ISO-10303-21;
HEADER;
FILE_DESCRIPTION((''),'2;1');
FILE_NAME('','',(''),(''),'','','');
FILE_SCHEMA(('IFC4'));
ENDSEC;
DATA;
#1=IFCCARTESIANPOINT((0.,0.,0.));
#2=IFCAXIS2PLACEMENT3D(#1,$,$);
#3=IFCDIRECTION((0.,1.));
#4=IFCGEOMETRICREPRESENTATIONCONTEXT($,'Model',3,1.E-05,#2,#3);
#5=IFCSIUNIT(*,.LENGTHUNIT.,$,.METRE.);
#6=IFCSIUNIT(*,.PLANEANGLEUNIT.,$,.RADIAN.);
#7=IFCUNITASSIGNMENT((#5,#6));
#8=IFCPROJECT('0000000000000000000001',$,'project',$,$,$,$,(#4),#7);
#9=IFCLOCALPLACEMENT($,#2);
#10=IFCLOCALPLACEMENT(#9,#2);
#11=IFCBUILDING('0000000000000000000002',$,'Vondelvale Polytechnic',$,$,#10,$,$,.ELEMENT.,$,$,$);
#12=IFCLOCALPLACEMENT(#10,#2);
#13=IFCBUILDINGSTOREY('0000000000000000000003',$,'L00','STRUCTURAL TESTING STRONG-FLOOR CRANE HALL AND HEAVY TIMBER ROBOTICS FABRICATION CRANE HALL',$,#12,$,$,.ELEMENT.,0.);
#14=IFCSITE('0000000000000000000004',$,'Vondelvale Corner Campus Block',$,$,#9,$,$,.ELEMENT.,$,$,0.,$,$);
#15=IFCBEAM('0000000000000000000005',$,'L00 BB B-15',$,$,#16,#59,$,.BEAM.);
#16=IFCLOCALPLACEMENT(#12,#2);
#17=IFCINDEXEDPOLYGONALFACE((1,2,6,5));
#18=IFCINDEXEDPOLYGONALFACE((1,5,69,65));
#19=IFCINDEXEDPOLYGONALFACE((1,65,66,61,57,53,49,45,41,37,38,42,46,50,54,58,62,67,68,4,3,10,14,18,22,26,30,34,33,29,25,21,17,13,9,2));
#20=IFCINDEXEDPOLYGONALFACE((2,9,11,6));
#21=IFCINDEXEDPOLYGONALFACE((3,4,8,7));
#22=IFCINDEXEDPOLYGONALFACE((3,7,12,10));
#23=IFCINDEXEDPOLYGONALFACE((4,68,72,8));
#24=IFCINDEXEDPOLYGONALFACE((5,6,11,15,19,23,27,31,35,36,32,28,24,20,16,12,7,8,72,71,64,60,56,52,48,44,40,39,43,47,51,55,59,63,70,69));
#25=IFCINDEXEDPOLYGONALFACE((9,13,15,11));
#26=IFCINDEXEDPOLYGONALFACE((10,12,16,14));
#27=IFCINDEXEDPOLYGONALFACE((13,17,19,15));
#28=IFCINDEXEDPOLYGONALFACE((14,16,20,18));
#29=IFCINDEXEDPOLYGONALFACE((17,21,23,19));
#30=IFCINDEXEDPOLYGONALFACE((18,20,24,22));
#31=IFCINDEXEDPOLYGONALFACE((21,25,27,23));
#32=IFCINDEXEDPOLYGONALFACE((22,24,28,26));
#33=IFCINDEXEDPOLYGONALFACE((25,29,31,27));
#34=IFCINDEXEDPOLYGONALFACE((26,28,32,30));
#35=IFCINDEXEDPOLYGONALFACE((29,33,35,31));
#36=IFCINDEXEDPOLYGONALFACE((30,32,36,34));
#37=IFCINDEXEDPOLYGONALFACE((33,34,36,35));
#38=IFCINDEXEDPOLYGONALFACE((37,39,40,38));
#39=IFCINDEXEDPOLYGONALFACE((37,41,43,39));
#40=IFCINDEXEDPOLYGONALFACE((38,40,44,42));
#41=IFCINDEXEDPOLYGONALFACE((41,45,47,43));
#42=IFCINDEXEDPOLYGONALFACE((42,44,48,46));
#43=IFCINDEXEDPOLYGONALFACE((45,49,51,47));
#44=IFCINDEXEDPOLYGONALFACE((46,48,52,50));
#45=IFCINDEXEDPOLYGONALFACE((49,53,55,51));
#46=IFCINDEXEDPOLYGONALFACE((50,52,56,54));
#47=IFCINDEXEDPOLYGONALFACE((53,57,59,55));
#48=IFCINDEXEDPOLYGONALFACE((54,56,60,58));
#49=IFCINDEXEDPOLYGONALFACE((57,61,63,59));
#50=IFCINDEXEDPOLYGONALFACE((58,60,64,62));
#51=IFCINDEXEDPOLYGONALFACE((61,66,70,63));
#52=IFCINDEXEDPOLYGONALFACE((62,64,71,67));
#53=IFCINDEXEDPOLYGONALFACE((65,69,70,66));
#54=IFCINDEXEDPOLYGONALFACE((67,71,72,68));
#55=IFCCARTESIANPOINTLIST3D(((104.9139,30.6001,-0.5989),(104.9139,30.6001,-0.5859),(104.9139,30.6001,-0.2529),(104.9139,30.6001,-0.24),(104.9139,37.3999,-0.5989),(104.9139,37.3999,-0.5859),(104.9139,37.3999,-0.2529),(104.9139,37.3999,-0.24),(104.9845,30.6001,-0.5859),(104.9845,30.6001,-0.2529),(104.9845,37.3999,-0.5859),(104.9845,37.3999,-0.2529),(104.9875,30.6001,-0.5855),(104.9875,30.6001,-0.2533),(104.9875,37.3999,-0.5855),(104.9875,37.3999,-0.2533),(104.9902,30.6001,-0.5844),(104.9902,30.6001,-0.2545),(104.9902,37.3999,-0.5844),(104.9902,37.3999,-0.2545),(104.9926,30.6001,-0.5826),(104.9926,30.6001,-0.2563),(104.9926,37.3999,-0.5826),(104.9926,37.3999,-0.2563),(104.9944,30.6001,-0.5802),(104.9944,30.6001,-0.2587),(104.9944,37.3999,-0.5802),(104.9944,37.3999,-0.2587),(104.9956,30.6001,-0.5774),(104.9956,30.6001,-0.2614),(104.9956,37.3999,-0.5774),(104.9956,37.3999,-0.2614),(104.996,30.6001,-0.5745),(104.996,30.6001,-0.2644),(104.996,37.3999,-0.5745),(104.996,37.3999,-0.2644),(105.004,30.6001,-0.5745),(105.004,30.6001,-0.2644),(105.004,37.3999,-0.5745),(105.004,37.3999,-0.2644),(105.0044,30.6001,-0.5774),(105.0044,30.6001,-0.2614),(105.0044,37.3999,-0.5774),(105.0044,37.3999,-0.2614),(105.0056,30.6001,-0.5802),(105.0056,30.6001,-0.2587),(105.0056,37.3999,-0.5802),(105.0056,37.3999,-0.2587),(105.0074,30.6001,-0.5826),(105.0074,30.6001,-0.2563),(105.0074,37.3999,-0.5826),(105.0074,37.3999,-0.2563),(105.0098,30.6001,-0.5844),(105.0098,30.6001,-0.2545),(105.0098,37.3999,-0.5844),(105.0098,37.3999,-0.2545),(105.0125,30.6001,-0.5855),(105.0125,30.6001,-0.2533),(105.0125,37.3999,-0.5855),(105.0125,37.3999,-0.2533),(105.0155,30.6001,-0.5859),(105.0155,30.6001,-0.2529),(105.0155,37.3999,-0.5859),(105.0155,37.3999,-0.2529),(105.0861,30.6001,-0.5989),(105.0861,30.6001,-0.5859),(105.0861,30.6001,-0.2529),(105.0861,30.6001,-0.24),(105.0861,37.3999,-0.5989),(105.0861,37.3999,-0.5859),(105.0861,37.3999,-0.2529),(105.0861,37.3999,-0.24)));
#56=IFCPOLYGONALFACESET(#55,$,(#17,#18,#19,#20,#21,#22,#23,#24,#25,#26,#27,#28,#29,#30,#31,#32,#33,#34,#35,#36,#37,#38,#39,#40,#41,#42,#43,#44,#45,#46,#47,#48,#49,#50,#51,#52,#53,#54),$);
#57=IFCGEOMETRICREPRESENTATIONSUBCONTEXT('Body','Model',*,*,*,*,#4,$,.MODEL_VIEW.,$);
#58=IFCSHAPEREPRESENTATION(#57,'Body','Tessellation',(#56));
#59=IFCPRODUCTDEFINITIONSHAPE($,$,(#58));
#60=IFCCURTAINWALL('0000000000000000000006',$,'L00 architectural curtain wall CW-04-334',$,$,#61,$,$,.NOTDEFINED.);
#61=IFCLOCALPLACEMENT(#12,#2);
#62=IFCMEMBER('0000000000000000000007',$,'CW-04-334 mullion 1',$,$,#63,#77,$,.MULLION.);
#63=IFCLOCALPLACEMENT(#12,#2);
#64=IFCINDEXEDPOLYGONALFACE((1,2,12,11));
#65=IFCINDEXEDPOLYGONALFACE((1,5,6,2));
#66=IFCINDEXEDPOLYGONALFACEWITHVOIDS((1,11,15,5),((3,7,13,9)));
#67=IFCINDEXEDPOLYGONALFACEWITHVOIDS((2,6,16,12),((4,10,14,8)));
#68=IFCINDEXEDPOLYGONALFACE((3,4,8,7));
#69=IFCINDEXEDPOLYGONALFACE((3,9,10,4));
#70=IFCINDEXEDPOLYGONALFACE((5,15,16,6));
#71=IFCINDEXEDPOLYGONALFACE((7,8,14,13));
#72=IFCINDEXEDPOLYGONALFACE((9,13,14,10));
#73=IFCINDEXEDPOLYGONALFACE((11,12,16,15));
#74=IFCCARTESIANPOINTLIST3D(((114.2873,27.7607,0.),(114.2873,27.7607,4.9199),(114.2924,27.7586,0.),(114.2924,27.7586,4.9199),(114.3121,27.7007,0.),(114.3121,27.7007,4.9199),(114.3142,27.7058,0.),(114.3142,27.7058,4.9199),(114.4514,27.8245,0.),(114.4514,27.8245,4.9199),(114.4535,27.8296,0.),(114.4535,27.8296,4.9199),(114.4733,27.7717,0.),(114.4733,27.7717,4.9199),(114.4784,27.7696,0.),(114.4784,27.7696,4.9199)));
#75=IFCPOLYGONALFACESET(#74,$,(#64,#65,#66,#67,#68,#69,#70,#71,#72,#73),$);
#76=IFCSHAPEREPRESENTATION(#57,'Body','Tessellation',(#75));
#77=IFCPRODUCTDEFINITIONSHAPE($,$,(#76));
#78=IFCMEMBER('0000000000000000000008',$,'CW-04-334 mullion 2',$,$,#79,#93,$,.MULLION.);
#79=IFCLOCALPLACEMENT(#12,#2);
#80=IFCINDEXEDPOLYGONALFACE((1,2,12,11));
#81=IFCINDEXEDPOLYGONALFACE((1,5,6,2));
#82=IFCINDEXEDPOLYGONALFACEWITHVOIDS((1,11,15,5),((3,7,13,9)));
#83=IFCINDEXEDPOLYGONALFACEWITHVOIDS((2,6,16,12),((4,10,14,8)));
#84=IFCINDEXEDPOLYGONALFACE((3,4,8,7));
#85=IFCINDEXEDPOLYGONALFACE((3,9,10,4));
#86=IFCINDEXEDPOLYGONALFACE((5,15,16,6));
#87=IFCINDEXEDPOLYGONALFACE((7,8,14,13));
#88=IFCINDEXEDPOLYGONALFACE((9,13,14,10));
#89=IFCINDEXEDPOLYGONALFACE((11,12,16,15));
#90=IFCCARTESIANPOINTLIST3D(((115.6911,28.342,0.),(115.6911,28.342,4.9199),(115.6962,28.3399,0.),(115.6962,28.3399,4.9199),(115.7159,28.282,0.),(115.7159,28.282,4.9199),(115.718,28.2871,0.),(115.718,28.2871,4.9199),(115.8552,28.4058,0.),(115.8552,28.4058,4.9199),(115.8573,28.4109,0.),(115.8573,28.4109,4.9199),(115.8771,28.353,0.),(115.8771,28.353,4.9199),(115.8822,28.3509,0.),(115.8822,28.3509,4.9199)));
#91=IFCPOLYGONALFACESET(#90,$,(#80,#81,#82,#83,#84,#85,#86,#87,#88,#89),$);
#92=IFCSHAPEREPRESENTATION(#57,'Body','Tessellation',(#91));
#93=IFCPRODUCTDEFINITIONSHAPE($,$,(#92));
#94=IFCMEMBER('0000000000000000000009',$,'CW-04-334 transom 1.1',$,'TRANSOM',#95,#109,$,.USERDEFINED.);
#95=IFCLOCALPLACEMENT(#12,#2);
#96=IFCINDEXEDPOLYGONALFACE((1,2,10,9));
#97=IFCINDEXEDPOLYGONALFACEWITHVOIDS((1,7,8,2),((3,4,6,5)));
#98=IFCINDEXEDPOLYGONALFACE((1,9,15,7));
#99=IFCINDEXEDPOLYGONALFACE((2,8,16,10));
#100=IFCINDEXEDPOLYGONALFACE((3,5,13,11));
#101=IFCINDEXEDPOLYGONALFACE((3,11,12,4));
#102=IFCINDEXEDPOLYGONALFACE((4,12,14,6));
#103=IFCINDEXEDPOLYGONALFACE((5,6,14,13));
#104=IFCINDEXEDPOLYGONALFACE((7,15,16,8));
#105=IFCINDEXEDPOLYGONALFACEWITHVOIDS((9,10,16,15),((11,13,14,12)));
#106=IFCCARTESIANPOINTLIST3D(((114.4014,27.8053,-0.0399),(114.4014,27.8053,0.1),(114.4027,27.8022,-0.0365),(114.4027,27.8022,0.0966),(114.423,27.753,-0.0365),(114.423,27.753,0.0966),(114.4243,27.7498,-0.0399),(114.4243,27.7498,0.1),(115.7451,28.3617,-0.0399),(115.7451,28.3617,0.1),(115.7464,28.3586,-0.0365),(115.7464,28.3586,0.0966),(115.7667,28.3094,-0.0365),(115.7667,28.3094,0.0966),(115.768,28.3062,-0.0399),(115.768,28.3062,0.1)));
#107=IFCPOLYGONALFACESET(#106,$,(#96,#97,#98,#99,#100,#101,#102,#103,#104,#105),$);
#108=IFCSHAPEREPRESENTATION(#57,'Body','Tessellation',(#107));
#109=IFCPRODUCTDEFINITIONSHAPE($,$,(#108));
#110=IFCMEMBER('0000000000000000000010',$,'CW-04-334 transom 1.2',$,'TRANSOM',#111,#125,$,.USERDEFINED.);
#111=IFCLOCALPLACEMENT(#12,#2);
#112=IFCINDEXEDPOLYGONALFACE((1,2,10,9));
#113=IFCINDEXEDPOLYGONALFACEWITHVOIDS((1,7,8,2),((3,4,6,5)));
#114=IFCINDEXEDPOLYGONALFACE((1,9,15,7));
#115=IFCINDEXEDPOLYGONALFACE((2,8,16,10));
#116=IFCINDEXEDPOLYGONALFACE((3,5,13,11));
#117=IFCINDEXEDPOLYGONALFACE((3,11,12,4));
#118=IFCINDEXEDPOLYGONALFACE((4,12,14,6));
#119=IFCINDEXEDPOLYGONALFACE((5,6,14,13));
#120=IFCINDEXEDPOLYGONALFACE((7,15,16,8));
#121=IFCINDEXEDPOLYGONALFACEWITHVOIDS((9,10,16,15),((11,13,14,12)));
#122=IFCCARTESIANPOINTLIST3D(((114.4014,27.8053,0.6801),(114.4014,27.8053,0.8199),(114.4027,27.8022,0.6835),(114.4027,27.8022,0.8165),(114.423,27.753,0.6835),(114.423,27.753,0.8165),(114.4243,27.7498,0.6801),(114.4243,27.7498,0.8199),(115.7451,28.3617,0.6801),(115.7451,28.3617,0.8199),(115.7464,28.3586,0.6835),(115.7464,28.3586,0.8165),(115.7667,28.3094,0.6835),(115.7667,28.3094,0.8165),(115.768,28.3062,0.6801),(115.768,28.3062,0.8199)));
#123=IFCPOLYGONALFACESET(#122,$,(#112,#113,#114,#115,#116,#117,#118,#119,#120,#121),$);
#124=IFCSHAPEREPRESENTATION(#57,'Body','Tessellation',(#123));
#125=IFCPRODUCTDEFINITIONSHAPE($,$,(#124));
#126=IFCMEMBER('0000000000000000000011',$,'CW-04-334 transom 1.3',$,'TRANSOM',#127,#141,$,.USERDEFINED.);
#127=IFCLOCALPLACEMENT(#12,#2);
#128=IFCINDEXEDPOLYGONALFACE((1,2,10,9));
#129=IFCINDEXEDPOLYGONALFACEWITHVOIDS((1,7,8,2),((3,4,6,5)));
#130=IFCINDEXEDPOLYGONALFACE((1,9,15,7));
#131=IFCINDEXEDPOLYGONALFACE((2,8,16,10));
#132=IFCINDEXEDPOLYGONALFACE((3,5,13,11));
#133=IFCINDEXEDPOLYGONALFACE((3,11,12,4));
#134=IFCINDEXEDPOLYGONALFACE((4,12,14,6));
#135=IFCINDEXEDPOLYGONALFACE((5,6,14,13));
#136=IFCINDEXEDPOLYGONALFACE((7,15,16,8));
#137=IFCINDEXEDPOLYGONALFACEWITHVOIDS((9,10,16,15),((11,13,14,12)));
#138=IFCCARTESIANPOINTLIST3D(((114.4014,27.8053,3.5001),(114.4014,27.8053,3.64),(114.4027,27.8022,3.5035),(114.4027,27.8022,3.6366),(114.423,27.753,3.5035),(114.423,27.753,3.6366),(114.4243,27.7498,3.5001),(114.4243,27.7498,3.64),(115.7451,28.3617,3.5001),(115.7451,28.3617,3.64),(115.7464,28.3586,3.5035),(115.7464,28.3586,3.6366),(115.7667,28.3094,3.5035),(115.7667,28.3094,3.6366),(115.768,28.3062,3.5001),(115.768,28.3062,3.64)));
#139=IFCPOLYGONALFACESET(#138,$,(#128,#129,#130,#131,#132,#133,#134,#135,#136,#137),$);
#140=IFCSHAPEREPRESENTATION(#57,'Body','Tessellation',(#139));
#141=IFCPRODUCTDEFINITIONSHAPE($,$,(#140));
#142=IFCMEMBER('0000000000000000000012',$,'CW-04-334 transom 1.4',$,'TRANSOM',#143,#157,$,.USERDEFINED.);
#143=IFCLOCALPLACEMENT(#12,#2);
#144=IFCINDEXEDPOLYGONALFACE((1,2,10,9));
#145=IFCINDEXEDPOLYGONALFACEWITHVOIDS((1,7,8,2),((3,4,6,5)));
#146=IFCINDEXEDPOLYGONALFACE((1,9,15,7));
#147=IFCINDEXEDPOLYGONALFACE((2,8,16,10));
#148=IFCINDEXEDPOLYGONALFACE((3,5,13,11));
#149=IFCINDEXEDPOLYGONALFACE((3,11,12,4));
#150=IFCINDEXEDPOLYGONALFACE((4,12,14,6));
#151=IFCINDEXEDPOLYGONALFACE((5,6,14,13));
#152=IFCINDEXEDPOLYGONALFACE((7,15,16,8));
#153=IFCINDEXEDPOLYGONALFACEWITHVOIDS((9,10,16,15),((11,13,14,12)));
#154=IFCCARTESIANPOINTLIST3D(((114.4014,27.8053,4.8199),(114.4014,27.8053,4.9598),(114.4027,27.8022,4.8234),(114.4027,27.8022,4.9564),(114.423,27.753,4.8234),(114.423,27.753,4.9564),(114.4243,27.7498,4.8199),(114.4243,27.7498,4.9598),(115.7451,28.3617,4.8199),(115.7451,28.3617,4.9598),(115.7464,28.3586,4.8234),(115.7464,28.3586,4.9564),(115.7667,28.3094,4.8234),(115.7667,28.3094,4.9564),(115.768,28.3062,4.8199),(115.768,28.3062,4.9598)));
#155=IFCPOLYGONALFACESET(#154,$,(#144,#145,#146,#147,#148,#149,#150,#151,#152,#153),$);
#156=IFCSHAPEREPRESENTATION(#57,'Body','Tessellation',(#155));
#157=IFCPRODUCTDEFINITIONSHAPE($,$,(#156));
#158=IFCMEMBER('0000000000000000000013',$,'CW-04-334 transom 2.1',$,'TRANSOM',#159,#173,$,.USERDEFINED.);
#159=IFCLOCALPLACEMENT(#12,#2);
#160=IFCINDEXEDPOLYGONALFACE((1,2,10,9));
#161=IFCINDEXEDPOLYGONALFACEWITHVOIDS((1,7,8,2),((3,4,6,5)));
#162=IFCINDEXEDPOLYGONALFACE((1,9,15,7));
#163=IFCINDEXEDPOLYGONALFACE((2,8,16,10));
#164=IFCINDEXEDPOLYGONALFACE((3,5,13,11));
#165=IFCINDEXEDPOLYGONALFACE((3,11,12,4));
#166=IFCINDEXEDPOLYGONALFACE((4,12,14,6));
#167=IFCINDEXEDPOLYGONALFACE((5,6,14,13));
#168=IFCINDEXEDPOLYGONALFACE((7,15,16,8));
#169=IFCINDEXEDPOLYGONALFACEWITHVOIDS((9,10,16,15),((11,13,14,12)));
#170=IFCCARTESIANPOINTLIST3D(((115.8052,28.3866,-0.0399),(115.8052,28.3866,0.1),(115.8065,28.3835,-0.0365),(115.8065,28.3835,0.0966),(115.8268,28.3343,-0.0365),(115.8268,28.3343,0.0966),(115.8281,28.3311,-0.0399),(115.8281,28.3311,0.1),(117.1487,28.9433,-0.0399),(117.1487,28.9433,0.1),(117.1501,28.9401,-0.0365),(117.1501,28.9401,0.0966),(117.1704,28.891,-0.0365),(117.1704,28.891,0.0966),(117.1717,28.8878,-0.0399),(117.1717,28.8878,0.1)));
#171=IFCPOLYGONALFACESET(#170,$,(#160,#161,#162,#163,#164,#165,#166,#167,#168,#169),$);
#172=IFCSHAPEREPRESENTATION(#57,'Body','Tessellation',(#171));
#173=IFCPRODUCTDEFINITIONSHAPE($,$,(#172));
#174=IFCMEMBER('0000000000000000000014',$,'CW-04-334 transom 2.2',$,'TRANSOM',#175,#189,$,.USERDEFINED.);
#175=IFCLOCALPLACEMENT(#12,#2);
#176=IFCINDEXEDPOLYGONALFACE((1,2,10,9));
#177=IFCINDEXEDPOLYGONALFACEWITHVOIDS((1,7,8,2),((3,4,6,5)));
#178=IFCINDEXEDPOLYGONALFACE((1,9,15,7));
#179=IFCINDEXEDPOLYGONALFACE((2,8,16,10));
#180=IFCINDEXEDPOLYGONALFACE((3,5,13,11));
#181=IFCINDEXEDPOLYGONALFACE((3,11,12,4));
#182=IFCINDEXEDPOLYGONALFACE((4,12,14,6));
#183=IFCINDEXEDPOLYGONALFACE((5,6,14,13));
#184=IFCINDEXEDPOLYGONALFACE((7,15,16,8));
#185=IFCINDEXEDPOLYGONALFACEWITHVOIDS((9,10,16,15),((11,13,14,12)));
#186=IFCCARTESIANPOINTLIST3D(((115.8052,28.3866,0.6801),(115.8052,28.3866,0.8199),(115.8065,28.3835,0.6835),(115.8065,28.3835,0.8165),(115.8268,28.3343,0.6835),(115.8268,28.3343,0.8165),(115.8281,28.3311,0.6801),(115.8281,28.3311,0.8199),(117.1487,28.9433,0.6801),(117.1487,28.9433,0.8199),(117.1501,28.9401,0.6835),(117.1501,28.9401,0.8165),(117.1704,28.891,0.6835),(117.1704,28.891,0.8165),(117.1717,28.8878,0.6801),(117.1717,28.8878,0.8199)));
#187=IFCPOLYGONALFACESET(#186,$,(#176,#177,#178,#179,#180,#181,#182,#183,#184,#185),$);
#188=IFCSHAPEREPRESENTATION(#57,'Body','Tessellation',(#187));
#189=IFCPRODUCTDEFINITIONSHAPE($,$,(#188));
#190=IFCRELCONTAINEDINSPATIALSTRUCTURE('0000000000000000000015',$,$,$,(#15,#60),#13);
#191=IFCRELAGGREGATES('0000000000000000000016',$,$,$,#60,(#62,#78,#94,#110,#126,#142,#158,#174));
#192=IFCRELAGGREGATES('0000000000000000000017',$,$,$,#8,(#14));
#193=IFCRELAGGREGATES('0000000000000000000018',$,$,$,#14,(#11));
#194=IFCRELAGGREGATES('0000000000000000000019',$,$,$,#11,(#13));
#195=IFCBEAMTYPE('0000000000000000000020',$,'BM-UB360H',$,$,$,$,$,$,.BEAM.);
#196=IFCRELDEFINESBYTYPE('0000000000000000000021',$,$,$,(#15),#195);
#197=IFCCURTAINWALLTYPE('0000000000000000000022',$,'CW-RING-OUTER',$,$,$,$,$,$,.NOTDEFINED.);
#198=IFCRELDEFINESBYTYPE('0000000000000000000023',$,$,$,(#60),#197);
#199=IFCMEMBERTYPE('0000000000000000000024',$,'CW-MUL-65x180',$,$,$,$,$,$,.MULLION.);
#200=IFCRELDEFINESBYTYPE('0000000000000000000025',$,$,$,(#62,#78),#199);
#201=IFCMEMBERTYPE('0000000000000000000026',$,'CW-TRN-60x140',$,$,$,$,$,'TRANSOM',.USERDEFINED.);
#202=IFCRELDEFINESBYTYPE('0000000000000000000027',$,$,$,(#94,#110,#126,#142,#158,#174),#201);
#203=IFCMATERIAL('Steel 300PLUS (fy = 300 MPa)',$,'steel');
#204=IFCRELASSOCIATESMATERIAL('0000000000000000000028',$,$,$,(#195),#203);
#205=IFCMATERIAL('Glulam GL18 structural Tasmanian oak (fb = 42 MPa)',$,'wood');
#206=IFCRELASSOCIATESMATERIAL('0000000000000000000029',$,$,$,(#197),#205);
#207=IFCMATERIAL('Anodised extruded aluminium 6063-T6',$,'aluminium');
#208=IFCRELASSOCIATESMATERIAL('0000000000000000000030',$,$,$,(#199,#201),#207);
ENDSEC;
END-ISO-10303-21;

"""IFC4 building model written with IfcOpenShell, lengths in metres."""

from ifc_helpers import new_model, si_unit, direction, frame, origin, origin_2d, place, context, subcontext, project, spatial, hollow_rectangle, i_section, extrude, material, material_profile, profile_set, type_object, element, aggregate, save


model = new_model("IFC4")

# Units and contexts
model_context = context("Model", 3, precision=1e-05, world=origin(), true_north=direction((0.0, 1.0)))
body_context = subcontext(model_context, "Body", "Model", "MODEL_VIEW")
ifc_project = project(units=[si_unit("LENGTHUNIT", "METRE"), si_unit("PLANEANGLEUNIT", "RADIAN")], contexts=[model_context])

# Site, building, storey
site_placement = place(None, origin())
site = spatial("IfcSite", under=ifc_project, at=site_placement, Name="Vondelvale Corner Campus Block", CompositionType="ELEMENT", RefElevation=0.0)
building_placement = place(site_placement, origin())
building = spatial("IfcBuilding", under=site, at=building_placement, Name="Vondelvale Polytechnic", CompositionType="ELEMENT")
storey_placement = place(building_placement, origin())
storey = spatial("IfcBuildingStorey", under=building, at=storey_placement, Name="L00", Description="STRUCTURAL TESTING STRONG-FLOOR CRANE HALL AND HEAVY TIMBER ROBOTICS FABRICATION CRANE HALL", CompositionType="ELEMENT", Elevation=0.0)

# Shared definitions
ifc_material_1 = material(Name="Steel 300PLUS (fy = 300 MPa)", Category="steel")

# Beam
ifc_material_profile_1 = material_profile(ifc_material_1, i_section(OverallWidth=0.1721, OverallDepth=0.3589, WebThickness=0.0081, FlangeThickness=0.0129, FilletRadius=0.0115, at=origin_2d()), Name="360UB56.7")
ifc_profile_set_1 = profile_set([ifc_material_profile_1], Name="Steel 300PLUS (fy = 300 MPa)")
beam_type_1 = type_object("IfcBeamType", Name="BM-UB360H", PredefinedType="BEAM", material=ifc_profile_set_1)
beam_1_placement = place(storey_placement, frame((105.0, 30.6001, -0.4194), z_axis=(0.0, 1.0, 0.0), x_axis=(-1.0, 0.0, 0.0)))
element("IfcBeam", 1, at=beam_1_placement, inside=storey, type_object=beam_type_1, Name="L00 BB B-15", PredefinedType="BEAM", context=body_context, shape_type="SweptSolid", body=[
    extrude(i_section(OverallWidth=0.1721, OverallDepth=0.3589, WebThickness=0.0081, FlangeThickness=0.0129, FilletRadius=0.0115, at=origin_2d()), origin(), (0.0, 0.0, 1.0), 6.7998),
])

# Curtain wall, members
ifc_material_2 = material(Name="Glulam GL18 structural Tasmanian oak (fb = 42 MPa)", Category="wood")
curtain_wall_type = type_object("IfcCurtainWallType", Name="CW-RING-OUTER", PredefinedType="NOTDEFINED", material=ifc_material_2)
curtain_wall_placement = place(storey_placement, origin())
curtain_wall = element("IfcCurtainWall", 2, at=curtain_wall_placement, inside=storey, type_object=curtain_wall_type, Name="L00 architectural curtain wall CW-04-334", PredefinedType="NOTDEFINED")
ifc_material_3 = material(Name="Anodised extruded aluminium 6063-T6", Category="aluminium")
ifc_material_profile_2 = material_profile(ifc_material_3, hollow_rectangle(XDim=0.0649, YDim=0.1799, WallThickness=0.0039, at=origin_2d()), Name="CW-MUL-180x65")
ifc_profile_set_2 = profile_set([ifc_material_profile_2], Name="Anodised extruded aluminium 6063-T6")
member_type_1 = type_object("IfcMemberType", Name="CW-MUL-65x180", PredefinedType="MULLION", material=ifc_profile_set_2)
member_1_placement = place(storey_placement, frame((114.3828, 27.7651, 0.0), z_axis=(0.0, 0.0, 1.0), x_axis=(-0.382679, 0.923881, 0.0)))
member_1 = element("IfcMember", 3, at=member_1_placement, type_object=member_type_1, Name="CW-04-334 mullion 1", PredefinedType="MULLION", context=body_context, shape_type="SweptSolid", body=[
    extrude(hollow_rectangle(XDim=0.0649, YDim=0.1799, WallThickness=0.0039, at=origin_2d()), origin(), (0.0, 0.0, 1.0), 4.9199),
])
member_2_placement = place(storey_placement, frame((115.7866, 28.3464, 0.0), z_axis=(0.0, 0.0, 1.0), x_axis=(-0.382679, 0.923881, 0.0)))
member_2 = element("IfcMember", 4, at=member_2_placement, type_object=member_type_1, Name="CW-04-334 mullion 2", PredefinedType="MULLION", context=body_context, shape_type="SweptSolid", body=[
    extrude(hollow_rectangle(XDim=0.0649, YDim=0.1799, WallThickness=0.0039, at=origin_2d()), origin(), (0.0, 0.0, 1.0), 4.9199),
])
ifc_material_profile_3 = material_profile(ifc_material_3, hollow_rectangle(XDim=0.0601, YDim=0.1399, WallThickness=0.0034, at=origin_2d()), Name="CW-TRN-140x60")
ifc_profile_set_3 = profile_set([ifc_material_profile_3], Name="Anodised extruded aluminium 6063-T6")
member_type_2 = type_object("IfcMemberType", Name="CW-TRN-60x140", ElementType="TRANSOM", PredefinedType="USERDEFINED", material=ifc_profile_set_3)
member_3_placement = place(storey_placement, frame((114.4128, 27.7776, 0.03), z_axis=(0.923929, 0.382564, 0.0), x_axis=(-0.382564, 0.923929, 0.0)))
member_3 = element("IfcMember", 5, at=member_3_placement, type_object=member_type_2, Name="CW-04-334 transom 1.1", ObjectType="TRANSOM", PredefinedType="USERDEFINED", context=body_context, shape_type="SweptSolid", body=[
    extrude(hollow_rectangle(XDim=0.0601, YDim=0.1399, WallThickness=0.0034, at=origin_2d()), origin(), (0.0, 0.0, 1.0), 1.4543),
])
member_4_placement = place(storey_placement, frame((114.4128, 27.7776, 0.75), z_axis=(0.923929, 0.382564, 0.0), x_axis=(-0.382564, 0.923929, 0.0)))
member_4 = element("IfcMember", 6, at=member_4_placement, type_object=member_type_2, Name="CW-04-334 transom 1.2", ObjectType="TRANSOM", PredefinedType="USERDEFINED", context=body_context, shape_type="SweptSolid", body=[
    extrude(hollow_rectangle(XDim=0.0601, YDim=0.1399, WallThickness=0.0034, at=origin_2d()), origin(), (0.0, 0.0, 1.0), 1.4543),
])
member_5_placement = place(storey_placement, frame((114.4128, 27.7776, 3.5701), z_axis=(0.923929, 0.382564, 0.0), x_axis=(-0.382564, 0.923929, 0.0)))
member_5 = element("IfcMember", 7, at=member_5_placement, type_object=member_type_2, Name="CW-04-334 transom 1.3", ObjectType="TRANSOM", PredefinedType="USERDEFINED", context=body_context, shape_type="SweptSolid", body=[
    extrude(hollow_rectangle(XDim=0.0601, YDim=0.1399, WallThickness=0.0034, at=origin_2d()), origin(), (0.0, 0.0, 1.0), 1.4543),
])
member_6_placement = place(storey_placement, frame((114.4128, 27.7776, 4.8899), z_axis=(0.923929, 0.382564, 0.0), x_axis=(-0.382564, 0.923929, 0.0)))
member_6 = element("IfcMember", 8, at=member_6_placement, type_object=member_type_2, Name="CW-04-334 transom 1.4", ObjectType="TRANSOM", PredefinedType="USERDEFINED", context=body_context, shape_type="SweptSolid", body=[
    extrude(hollow_rectangle(XDim=0.0601, YDim=0.1399, WallThickness=0.0034, at=origin_2d()), origin(), (0.0, 0.0, 1.0), 1.4543),
])
member_7_placement = place(storey_placement, frame((115.8167, 28.3589, 0.03), z_axis=(0.923845, 0.382767, 0.0), x_axis=(-0.382767, 0.923845, 0.0)))
member_7 = element("IfcMember", 9, at=member_7_placement, type_object=member_type_2, Name="CW-04-334 transom 2.1", ObjectType="TRANSOM", PredefinedType="USERDEFINED", context=body_context, shape_type="SweptSolid", body=[
    extrude(hollow_rectangle(XDim=0.0601, YDim=0.1399, WallThickness=0.0034, at=origin_2d()), origin(), (0.0, 0.0, 1.0), 1.4543),
])
member_8_placement = place(storey_placement, frame((115.8167, 28.3589, 0.75), z_axis=(0.923845, 0.382767, 0.0), x_axis=(-0.382767, 0.923845, 0.0)))
member_8 = element("IfcMember", 10, at=member_8_placement, type_object=member_type_2, Name="CW-04-334 transom 2.2", ObjectType="TRANSOM", PredefinedType="USERDEFINED", context=body_context, shape_type="SweptSolid", body=[
    extrude(hollow_rectangle(XDim=0.0601, YDim=0.1399, WallThickness=0.0034, at=origin_2d()), origin(), (0.0, 0.0, 1.0), 1.4543),
])
aggregate(curtain_wall, [member_1, member_2, member_3, member_4, member_5, member_6, member_7, member_8])

save(model, "model.ifc")
